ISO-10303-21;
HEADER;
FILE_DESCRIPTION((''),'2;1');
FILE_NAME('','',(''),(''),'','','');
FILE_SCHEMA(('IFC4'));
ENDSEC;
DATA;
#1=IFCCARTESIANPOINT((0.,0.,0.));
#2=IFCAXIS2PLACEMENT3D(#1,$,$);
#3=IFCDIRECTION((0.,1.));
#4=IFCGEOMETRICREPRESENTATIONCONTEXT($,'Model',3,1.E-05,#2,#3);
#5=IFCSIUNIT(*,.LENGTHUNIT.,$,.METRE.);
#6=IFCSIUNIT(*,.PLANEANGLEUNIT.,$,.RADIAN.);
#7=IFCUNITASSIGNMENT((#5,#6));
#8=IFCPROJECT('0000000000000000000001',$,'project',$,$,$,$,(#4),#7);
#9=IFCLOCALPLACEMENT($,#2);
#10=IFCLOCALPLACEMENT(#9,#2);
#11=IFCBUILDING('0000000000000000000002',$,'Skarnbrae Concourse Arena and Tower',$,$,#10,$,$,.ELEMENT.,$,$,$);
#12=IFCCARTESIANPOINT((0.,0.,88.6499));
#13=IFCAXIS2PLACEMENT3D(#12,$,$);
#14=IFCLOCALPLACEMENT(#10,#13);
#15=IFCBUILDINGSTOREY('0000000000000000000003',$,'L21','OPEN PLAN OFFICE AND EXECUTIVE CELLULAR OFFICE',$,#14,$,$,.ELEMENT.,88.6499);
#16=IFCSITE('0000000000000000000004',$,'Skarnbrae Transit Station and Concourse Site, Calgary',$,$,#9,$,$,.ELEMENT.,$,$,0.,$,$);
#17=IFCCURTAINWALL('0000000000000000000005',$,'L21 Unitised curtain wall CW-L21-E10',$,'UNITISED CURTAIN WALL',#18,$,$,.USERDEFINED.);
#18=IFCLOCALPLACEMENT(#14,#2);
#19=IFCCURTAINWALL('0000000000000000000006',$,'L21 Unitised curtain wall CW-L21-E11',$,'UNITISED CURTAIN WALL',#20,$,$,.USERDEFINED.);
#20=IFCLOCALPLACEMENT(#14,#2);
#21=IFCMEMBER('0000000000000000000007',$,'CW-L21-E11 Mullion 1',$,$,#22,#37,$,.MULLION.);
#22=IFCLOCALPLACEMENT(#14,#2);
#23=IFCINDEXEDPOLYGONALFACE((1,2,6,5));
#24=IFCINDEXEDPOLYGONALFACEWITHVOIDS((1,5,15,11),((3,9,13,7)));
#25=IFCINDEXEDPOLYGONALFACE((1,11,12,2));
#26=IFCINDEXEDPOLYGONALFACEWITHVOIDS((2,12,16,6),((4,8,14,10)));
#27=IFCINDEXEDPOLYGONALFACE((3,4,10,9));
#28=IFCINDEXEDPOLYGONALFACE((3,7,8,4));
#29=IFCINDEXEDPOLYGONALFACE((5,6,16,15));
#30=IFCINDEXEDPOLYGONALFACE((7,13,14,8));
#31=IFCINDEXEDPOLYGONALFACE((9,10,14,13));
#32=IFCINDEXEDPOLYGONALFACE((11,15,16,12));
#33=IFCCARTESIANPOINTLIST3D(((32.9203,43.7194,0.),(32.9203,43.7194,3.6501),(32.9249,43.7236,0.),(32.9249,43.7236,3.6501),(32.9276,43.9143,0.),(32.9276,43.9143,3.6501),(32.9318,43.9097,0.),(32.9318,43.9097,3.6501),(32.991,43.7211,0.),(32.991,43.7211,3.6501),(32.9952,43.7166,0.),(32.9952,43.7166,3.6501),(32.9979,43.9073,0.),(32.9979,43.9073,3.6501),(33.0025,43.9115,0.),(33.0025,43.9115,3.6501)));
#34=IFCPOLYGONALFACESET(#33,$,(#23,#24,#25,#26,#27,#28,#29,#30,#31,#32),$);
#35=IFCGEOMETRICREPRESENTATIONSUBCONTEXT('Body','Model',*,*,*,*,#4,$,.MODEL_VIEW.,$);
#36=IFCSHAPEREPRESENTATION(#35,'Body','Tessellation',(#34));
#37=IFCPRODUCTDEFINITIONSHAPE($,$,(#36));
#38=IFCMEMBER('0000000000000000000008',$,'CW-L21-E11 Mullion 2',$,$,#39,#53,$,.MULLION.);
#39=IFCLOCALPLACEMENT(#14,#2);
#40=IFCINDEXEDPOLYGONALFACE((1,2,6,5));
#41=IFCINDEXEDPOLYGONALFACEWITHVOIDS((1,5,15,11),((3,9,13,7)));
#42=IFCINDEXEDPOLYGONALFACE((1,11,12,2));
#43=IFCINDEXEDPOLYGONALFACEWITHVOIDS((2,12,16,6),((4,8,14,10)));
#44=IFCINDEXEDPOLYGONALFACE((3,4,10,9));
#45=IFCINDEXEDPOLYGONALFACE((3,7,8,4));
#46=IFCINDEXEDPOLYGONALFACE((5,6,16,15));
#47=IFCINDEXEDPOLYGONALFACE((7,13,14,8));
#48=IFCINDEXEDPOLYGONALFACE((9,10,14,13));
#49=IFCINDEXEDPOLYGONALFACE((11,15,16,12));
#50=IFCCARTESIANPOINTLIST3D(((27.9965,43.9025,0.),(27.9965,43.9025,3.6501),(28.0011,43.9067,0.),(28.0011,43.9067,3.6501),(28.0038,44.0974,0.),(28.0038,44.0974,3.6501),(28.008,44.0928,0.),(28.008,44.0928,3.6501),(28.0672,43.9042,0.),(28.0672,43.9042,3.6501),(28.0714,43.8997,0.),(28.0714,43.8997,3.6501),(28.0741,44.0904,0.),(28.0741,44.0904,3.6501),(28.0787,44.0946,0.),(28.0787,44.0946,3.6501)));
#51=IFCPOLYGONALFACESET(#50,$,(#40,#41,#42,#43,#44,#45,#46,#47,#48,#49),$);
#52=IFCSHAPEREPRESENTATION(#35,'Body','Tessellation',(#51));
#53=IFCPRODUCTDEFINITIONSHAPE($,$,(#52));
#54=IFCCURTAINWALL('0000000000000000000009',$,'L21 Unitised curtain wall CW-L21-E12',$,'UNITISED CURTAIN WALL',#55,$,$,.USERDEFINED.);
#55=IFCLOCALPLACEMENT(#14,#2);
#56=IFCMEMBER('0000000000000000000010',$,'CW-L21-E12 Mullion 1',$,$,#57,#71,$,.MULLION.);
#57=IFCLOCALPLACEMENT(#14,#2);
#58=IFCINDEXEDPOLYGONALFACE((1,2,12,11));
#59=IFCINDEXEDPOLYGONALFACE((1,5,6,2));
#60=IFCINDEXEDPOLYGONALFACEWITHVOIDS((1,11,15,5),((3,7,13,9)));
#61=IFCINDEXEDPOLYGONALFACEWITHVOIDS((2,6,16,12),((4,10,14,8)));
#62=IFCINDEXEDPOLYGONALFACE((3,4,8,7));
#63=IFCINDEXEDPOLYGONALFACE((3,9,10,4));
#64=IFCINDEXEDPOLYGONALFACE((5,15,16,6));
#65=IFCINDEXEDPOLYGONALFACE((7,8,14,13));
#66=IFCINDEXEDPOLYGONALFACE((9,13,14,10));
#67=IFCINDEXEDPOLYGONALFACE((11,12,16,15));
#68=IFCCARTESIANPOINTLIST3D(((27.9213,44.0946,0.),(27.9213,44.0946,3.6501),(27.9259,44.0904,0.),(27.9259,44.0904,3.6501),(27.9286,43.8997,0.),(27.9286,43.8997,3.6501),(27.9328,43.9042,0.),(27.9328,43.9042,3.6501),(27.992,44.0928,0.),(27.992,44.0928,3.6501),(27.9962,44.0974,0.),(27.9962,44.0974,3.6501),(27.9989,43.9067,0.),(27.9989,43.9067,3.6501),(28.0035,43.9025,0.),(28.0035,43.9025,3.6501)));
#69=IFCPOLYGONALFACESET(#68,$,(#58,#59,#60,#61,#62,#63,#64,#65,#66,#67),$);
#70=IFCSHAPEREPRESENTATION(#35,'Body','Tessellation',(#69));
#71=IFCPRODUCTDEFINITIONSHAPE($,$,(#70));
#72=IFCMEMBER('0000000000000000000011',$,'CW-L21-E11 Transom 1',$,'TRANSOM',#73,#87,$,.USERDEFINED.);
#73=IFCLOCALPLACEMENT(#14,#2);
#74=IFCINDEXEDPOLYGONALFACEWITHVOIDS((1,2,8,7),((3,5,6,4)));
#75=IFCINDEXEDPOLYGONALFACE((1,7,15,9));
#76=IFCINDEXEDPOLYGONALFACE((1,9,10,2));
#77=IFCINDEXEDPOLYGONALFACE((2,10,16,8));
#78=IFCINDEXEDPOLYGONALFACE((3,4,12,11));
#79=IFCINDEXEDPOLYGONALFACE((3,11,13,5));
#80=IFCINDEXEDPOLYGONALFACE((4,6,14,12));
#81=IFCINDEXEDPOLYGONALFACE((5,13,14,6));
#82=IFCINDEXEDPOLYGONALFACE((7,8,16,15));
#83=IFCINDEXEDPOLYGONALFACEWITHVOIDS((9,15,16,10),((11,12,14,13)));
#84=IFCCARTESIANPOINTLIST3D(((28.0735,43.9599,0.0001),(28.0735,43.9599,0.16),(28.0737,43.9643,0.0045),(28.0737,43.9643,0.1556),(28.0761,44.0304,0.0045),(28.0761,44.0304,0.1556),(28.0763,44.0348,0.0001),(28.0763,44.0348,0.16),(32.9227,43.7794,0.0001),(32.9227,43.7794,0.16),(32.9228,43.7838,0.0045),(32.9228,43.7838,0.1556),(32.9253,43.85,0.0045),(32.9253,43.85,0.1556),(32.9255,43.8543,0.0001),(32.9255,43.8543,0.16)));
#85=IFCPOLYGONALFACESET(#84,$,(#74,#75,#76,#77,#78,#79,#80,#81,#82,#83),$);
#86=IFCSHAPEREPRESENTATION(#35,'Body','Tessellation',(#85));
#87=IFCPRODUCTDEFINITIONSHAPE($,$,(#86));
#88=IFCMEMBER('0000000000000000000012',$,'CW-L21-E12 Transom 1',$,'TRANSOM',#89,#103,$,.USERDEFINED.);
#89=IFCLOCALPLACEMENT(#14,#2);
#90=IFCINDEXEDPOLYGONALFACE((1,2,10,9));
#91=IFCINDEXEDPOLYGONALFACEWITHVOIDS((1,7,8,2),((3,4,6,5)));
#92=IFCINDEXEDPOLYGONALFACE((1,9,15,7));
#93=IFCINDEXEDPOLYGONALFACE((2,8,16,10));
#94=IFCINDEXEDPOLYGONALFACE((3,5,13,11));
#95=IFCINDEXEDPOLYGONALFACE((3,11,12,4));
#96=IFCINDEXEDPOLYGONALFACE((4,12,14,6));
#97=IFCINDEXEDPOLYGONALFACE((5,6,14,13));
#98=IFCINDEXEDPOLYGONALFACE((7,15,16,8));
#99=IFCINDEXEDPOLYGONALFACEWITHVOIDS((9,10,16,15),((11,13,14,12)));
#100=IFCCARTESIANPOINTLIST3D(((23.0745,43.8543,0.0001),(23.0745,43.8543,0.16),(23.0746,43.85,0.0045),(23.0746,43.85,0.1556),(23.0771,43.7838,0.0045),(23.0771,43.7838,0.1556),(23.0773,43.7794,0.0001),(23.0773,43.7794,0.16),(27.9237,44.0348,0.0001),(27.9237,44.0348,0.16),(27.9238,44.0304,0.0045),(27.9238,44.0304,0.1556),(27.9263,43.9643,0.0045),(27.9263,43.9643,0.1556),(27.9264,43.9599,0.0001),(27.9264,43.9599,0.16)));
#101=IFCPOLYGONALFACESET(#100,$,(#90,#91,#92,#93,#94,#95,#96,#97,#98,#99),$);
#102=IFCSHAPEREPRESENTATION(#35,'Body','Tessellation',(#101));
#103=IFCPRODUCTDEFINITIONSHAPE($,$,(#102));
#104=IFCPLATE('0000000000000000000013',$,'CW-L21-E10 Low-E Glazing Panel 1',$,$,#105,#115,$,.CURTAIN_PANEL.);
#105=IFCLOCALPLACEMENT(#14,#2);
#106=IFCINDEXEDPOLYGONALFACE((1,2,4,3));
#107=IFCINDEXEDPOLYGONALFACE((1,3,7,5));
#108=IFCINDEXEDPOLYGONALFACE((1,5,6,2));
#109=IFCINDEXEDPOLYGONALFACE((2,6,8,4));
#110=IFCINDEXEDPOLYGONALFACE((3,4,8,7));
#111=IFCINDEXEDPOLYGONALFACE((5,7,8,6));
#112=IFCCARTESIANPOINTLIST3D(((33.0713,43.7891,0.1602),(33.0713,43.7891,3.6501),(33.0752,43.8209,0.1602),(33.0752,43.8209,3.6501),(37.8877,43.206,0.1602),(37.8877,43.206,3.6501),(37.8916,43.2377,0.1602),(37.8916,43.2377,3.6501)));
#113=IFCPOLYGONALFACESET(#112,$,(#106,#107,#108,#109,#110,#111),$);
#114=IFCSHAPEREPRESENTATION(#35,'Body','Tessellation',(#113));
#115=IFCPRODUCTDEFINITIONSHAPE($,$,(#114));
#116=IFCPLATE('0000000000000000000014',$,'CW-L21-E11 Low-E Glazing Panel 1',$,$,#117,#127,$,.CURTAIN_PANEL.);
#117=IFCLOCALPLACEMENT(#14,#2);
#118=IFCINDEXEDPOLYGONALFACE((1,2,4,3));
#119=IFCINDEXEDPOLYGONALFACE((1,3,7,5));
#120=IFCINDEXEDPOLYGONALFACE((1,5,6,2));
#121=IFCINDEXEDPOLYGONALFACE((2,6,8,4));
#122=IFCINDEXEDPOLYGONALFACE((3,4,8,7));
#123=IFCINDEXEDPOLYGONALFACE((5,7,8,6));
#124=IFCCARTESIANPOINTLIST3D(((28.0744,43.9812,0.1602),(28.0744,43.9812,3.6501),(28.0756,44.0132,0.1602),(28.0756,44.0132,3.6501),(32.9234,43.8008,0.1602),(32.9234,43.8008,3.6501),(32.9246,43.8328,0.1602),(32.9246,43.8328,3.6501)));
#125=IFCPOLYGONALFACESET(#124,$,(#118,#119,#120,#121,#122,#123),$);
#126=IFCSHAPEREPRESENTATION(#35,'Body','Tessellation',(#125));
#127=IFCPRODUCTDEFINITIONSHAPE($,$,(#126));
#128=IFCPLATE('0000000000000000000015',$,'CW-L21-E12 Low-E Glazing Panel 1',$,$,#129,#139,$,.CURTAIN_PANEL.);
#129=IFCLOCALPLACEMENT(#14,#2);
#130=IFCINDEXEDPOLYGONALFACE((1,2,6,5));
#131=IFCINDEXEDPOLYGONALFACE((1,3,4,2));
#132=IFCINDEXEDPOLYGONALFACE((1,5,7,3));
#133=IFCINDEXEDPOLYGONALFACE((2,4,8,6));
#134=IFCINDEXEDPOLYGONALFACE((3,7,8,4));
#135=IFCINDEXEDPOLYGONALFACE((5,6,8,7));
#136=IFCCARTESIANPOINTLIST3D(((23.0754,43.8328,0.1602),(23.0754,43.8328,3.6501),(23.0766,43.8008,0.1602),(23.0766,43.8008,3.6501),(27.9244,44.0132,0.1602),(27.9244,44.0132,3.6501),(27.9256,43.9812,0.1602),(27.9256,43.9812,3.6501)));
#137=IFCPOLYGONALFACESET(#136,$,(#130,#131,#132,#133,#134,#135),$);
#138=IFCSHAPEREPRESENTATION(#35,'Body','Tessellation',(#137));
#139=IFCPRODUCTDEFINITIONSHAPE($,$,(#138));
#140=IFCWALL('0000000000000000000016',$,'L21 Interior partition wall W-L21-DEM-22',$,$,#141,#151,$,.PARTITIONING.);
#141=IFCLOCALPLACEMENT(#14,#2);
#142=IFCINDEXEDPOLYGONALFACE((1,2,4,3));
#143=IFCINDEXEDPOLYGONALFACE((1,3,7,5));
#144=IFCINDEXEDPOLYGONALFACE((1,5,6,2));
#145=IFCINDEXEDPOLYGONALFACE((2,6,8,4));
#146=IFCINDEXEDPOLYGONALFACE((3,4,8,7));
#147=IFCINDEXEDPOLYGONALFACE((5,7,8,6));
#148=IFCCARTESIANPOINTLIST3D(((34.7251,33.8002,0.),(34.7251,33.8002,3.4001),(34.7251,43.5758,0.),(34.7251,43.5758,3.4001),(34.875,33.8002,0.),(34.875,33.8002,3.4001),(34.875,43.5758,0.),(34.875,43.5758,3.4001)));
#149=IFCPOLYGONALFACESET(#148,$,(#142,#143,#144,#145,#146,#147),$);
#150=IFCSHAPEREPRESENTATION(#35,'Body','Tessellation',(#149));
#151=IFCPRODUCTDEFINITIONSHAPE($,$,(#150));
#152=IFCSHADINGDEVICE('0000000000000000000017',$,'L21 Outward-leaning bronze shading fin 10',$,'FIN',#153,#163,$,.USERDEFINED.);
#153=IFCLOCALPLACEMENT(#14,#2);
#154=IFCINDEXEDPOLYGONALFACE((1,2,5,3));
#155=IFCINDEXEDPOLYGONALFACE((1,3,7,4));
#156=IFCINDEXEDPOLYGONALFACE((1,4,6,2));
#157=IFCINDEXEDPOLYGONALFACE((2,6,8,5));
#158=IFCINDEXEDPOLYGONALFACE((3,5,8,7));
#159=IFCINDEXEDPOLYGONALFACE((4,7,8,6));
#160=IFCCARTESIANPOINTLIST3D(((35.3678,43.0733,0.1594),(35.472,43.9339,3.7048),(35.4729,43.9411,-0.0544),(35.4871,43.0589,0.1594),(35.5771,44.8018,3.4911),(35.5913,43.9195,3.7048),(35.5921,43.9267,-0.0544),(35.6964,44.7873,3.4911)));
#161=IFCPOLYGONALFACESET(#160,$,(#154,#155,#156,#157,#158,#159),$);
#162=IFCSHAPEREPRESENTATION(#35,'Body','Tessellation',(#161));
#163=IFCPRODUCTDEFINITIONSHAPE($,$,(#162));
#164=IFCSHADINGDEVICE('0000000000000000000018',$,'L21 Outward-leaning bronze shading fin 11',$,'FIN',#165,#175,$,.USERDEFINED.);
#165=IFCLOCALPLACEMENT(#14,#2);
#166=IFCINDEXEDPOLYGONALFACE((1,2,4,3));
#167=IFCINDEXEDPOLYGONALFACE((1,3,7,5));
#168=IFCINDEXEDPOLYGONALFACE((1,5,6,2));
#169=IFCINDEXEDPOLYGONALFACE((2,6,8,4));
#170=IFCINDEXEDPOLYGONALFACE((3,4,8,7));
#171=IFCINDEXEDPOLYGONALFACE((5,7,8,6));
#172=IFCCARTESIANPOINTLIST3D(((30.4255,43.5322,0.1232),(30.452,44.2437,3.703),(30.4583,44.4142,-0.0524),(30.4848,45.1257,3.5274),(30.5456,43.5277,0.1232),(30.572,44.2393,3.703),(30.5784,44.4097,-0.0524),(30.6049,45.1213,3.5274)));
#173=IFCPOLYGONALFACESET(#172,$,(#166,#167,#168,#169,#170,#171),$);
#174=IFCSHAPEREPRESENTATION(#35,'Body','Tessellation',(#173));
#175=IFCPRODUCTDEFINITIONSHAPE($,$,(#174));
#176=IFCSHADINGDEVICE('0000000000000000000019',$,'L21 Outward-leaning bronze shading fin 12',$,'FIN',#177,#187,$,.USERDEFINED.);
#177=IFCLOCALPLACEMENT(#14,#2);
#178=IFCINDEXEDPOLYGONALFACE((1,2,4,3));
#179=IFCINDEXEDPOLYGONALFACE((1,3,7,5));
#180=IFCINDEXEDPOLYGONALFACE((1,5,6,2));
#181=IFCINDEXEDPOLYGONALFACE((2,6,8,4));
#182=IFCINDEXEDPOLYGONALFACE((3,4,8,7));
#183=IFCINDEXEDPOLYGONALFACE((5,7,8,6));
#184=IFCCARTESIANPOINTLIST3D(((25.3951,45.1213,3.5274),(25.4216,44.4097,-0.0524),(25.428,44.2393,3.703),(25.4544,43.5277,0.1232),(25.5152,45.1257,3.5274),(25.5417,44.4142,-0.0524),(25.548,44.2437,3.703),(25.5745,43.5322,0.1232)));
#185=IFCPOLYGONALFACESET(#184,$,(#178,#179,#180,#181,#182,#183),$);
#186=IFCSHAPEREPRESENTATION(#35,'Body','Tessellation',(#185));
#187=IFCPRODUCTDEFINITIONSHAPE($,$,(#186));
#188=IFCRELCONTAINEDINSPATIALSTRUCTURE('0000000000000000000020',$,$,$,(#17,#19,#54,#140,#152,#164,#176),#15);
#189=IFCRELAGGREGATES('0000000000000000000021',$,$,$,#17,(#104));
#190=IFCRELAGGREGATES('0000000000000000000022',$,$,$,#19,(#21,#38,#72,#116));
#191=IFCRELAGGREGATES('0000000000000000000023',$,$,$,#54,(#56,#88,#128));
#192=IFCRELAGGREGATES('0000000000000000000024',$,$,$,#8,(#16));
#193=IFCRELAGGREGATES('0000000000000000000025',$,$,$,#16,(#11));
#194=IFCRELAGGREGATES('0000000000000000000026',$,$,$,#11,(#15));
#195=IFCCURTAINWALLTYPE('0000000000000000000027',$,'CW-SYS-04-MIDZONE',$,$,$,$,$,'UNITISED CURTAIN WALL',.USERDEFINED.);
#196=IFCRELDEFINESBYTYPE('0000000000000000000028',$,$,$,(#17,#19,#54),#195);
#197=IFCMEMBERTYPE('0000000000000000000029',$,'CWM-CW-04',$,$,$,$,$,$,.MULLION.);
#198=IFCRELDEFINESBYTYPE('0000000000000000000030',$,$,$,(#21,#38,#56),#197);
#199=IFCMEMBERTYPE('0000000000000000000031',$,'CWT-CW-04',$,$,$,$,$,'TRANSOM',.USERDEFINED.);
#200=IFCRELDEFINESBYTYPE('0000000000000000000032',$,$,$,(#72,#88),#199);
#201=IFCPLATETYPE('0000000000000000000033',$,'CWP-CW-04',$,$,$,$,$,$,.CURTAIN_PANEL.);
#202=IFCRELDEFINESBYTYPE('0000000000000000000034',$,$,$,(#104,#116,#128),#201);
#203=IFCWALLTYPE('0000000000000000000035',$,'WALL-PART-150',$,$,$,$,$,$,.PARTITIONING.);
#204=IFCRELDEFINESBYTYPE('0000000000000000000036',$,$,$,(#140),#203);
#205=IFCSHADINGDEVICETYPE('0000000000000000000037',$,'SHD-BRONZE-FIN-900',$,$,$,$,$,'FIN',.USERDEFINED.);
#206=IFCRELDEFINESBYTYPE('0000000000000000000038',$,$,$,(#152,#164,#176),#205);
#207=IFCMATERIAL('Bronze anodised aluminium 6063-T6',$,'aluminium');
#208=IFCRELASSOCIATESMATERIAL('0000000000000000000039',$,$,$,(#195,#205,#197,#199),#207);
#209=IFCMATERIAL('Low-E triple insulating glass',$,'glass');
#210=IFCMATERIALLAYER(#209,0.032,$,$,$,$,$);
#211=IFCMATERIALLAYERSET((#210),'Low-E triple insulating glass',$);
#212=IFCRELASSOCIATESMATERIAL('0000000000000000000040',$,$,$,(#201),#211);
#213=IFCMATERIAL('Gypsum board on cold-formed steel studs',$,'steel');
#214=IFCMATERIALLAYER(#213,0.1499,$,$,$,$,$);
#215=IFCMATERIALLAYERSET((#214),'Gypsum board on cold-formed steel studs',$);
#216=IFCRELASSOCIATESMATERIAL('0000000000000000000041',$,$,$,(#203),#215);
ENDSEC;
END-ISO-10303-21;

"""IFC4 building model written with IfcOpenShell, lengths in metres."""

from ifc_helpers import new_model, si_unit, direction, frame, frame_2d, origin, origin_2d, place, context, subcontext, project, spatial, rectangle, hollow_rectangle, extrude, source, transform, mapped, material, layer, layer_set, material_profile, profile_set, type_object, element, aggregate, save


model = new_model("IFC4")

# Units and contexts
model_context = context("Model", 3, precision=1e-05, world=origin(), true_north=direction((0.0, 1.0)))
body_context = subcontext(model_context, "Body", "Model", "MODEL_VIEW")
ifc_project = project(units=[si_unit("LENGTHUNIT", "METRE"), si_unit("PLANEANGLEUNIT", "RADIAN")], contexts=[model_context])

# Site, building, storey
site_placement = place(None, origin())
site = spatial("IfcSite", under=ifc_project, at=site_placement, Name="Skarnbrae Transit Station and Concourse Site, Calgary", CompositionType="ELEMENT", RefElevation=0.0)
building_placement = place(site_placement, origin())
building = spatial("IfcBuilding", under=site, at=building_placement, Name="Skarnbrae Concourse Arena and Tower", CompositionType="ELEMENT")
storey_placement = place(building_placement, frame((0.0, 0.0, 88.6499)))
storey = spatial("IfcBuildingStorey", under=building, at=storey_placement, Name="L21", Description="OPEN PLAN OFFICE AND EXECUTIVE CELLULAR OFFICE", CompositionType="ELEMENT", Elevation=88.6499)

# Curtain wall
ifc_material_1 = material(Name="Bronze anodised aluminium 6063-T6", Category="aluminium")
curtain_wall_type = type_object("IfcCurtainWallType", Name="CW-SYS-04-MIDZONE", ElementType="UNITISED CURTAIN WALL", PredefinedType="USERDEFINED", material=ifc_material_1)
curtain_wall_1_placement = place(storey_placement, origin())
curtain_wall_1 = element("IfcCurtainWall", 1, at=curtain_wall_1_placement, inside=storey, type_object=curtain_wall_type, Name="L21 Unitised curtain wall CW-L21-E10", ObjectType="UNITISED CURTAIN WALL", PredefinedType="USERDEFINED")
ifc_material_profile_1 = material_profile(ifc_material_1, hollow_rectangle(XDim=0.075, YDim=0.1951, WallThickness=0.0044, at=origin_2d()), Name="ALU-MULL-75X195")
ifc_profile_set_1 = profile_set([ifc_material_profile_1], Name="Bronze anodised aluminium 6063-T6")
member_type_1 = type_object("IfcMemberType", Name="CWM-CW-04", PredefinedType="MULLION", material=ifc_profile_set_1)
shared_shape_1 = source(origin(), body_context, "Body", "SweptSolid", [
    extrude(hollow_rectangle(XDim=0.075, YDim=0.1951, WallThickness=0.0044, at=origin_2d()), origin(), (0.0, 0.0, 1.0), 3.6501),
])

# Curtain wall, members
curtain_wall_2_placement = place(storey_placement, origin())
curtain_wall_2 = element("IfcCurtainWall", 2, at=curtain_wall_2_placement, inside=storey, type_object=curtain_wall_type, Name="L21 Unitised curtain wall CW-L21-E11", ObjectType="UNITISED CURTAIN WALL", PredefinedType="USERDEFINED")
member_1_placement = place(storey_placement, frame((32.9614, 43.8154, 0.0), z_axis=(0.0, 0.0, 1.0), x_axis=(-0.999308, 0.037183, 0.0)))
member_1 = element("IfcMember", 3, at=member_1_placement, type_object=member_type_1, Name="CW-L21-E11 Mullion 1", PredefinedType="MULLION", context=body_context, shape_type="MappedRepresentation", body=[
    mapped(shared_shape_1, transform((0.0, 0.0, 0.0))),
])
member_2_placement = place(storey_placement, frame((28.0376, 43.9985, 0.0), z_axis=(0.0, 0.0, 1.0), x_axis=(-0.999308, 0.037183, 0.0)))
member_2 = element("IfcMember", 4, at=member_2_placement, type_object=member_type_1, Name="CW-L21-E11 Mullion 2", PredefinedType="MULLION", context=body_context, shape_type="MappedRepresentation", body=[
    mapped(shared_shape_1, transform((0.0, 0.0, 0.0))),
])

# Curtain wall, member
curtain_wall_3_placement = place(storey_placement, origin())
curtain_wall_3 = element("IfcCurtainWall", 5, at=curtain_wall_3_placement, inside=storey, type_object=curtain_wall_type, Name="L21 Unitised curtain wall CW-L21-E12", ObjectType="UNITISED CURTAIN WALL", PredefinedType="USERDEFINED")
member_3_placement = place(storey_placement, frame((27.9624, 43.9985, 0.0), z_axis=(0.0, 0.0, 1.0), x_axis=(-0.999308, -0.037183, 0.0)))
member_3 = element("IfcMember", 6, at=member_3_placement, type_object=member_type_1, Name="CW-L21-E12 Mullion 1", PredefinedType="MULLION", context=body_context, shape_type="MappedRepresentation", body=[
    mapped(shared_shape_1, transform((0.0, 0.0, 0.0))),
])

# Members
ifc_material_profile_2 = material_profile(ifc_material_1, hollow_rectangle(XDim=0.075, YDim=0.1599, WallThickness=0.0044, at=origin_2d()), Name="ALU-TRAN-75X160")
ifc_profile_set_2 = profile_set([ifc_material_profile_2], Name="Bronze anodised aluminium 6063-T6")
member_type_2 = type_object("IfcMemberType", Name="CWT-CW-04", ElementType="TRANSOM", PredefinedType="USERDEFINED", material=ifc_profile_set_2)
shared_shape_2 = source(origin(), body_context, "Body", "SweptSolid", [
    extrude(hollow_rectangle(XDim=0.075, YDim=0.1599, WallThickness=0.0044, at=origin_2d()), origin(), (0.0, 0.0, 1.0), 4.8525),
])
member_4_placement = place(storey_placement, frame((32.9241, 43.8169, 0.0801), z_axis=(-0.999309, 0.037181, 0.0), x_axis=(-0.037181, -0.999309, 0.0)))
member_4 = element("IfcMember", 7, at=member_4_placement, type_object=member_type_2, Name="CW-L21-E11 Transom 1", ObjectType="TRANSOM", PredefinedType="USERDEFINED", context=body_context, shape_type="MappedRepresentation", body=[
    mapped(shared_shape_2, transform((0.0, 0.0, 0.0))),
])
member_5_placement = place(storey_placement, frame((27.925, 43.9973, 0.0801), z_axis=(-0.999309, -0.037181, 0.0), x_axis=(0.037181, -0.999309, 0.0)))
member_5 = element("IfcMember", 8, at=member_5_placement, type_object=member_type_2, Name="CW-L21-E12 Transom 1", ObjectType="TRANSOM", PredefinedType="USERDEFINED", context=body_context, shape_type="MappedRepresentation", body=[
    mapped(shared_shape_2, transform((0.0, 0.0, 0.0))),
])

# Plates
ifc_material_2 = material(Name="Low-E triple insulating glass", Category="glass")
ifc_layer_1 = layer(ifc_material_2, 0.032)
ifc_layer_set_1 = layer_set([ifc_layer_1], Name="Low-E triple insulating glass")
plate_type = type_object("IfcPlateType", Name="CWP-CW-04", PredefinedType="CURTAIN_PANEL", material=ifc_layer_set_1)
shared_shape_3 = source(origin(), body_context, "Body", "SweptSolid", [
    extrude(rectangle(XDim=4.8516, YDim=0.032, at=origin_2d()), origin(), (0.0, 0.0, 1.0), 3.49),
])
plate_1_placement = place(storey_placement, frame((35.4814, 43.5134, 0.1602), z_axis=(0.0, 0.0, 1.0), x_axis=(-0.992749, 0.120203, 0.0)))
plate_1 = element("IfcPlate", 9, at=plate_1_placement, type_object=plate_type, Name="CW-L21-E10 Low-E Glazing Panel 1", PredefinedType="CURTAIN_PANEL", context=body_context, shape_type="MappedRepresentation", body=[
    mapped(shared_shape_3, transform((0.0, 0.0, 0.0))),
])
aggregate(curtain_wall_1, [plate_1])
shared_shape_4 = source(origin(), body_context, "Body", "SweptSolid", [
    extrude(rectangle(XDim=4.8523, YDim=0.032, at=origin_2d()), origin(), (0.0, 0.0, 1.0), 3.49),
])
plate_2_placement = place(storey_placement, frame((30.4995, 43.907, 0.1602), z_axis=(0.0, 0.0, 1.0), x_axis=(-0.999308, 0.037183, 0.0)))
plate_2 = element("IfcPlate", 10, at=plate_2_placement, type_object=plate_type, Name="CW-L21-E11 Low-E Glazing Panel 1", PredefinedType="CURTAIN_PANEL", context=body_context, shape_type="MappedRepresentation", body=[
    mapped(shared_shape_4, transform((0.0, 0.0, 0.0))),
])
aggregate(curtain_wall_2, [member_1, member_2, member_4, plate_2])
plate_3_placement = place(storey_placement, frame((25.5005, 43.907, 0.1602), z_axis=(0.0, 0.0, 1.0), x_axis=(-0.999308, -0.037183, 0.0)))
plate_3 = element("IfcPlate", 11, at=plate_3_placement, type_object=plate_type, Name="CW-L21-E12 Low-E Glazing Panel 1", PredefinedType="CURTAIN_PANEL", context=body_context, shape_type="MappedRepresentation", body=[
    mapped(shared_shape_4, transform((0.0, 0.0, 0.0))),
])
aggregate(curtain_wall_3, [member_3, member_5, plate_3])

# Wall
ifc_material_3 = material(Name="Gypsum board on cold-formed steel studs", Category="steel")
ifc_layer_2 = layer(ifc_material_3, 0.1499)
ifc_layer_set_2 = layer_set([ifc_layer_2], Name="Gypsum board on cold-formed steel studs")
wall_type = type_object("IfcWallType", Name="WALL-PART-150", PredefinedType="PARTITIONING", material=ifc_layer_set_2)
shared_shape_5 = source(origin(), body_context, "Body", "SweptSolid", [
    extrude(rectangle(XDim=9.7756, YDim=0.1499, at=frame_2d((4.8877, 0.0))), origin(), (0.0, 0.0, 1.0), 3.4001),
])
wall_placement = place(storey_placement, frame((34.8, 43.5757, 0.0), z_axis=(0.0, 0.0, 1.0), x_axis=(0.0, -1.0, 0.0)))
element("IfcWall", 12, at=wall_placement, inside=storey, type_object=wall_type, Name="L21 Interior partition wall W-L21-DEM-22", PredefinedType="PARTITIONING", context=body_context, shape_type="MappedRepresentation", body=[
    mapped(shared_shape_5, transform((0.0, 0.0, 0.0))),
])

# Shading devices
shading_device_type = type_object("IfcShadingDeviceType", Name="SHD-BRONZE-FIN-900", ElementType="FIN", PredefinedType="USERDEFINED", material=ifc_material_1)
shared_shape_6 = source(origin(), body_context, "Body", "SweptSolid", [
    extrude(rectangle(XDim=0.1201, YDim=0.8999, at=origin_2d()), origin(), (0.0, 0.0, 1.0), 3.6499),
])
for number, where, z_axis, x_axis, name in (
    (13, (35.48, 43.5, 0.0525), (0.028551, 0.235794, 0.971384), (0.992749, -0.120206, 0.0), "L21 Outward-leaning bronze shading fin 10"),
    (14, (30.502, 43.9709, 0.0354), (0.007254, 0.194955, 0.980785), (0.999308, -0.037184, 0.0), "L21 Outward-leaning bronze shading fin 11"),
    (15, (25.498, 43.9709, 0.0354), (-0.007254, 0.194955, 0.980785), (0.999308, 0.037184, 0.0), "L21 Outward-leaning bronze shading fin 12"),
):
    element("IfcShadingDevice", number, at=place(storey_placement, frame(where, z_axis=z_axis, x_axis=x_axis)), inside=storey, type_object=shading_device_type, Name=name, ObjectType="FIN", PredefinedType="USERDEFINED", context=body_context, shape_type="MappedRepresentation", body=[
        mapped(shared_shape_6, transform((0.0, 0.0, 0.0))),
    ])

save(model, "model.ifc")
